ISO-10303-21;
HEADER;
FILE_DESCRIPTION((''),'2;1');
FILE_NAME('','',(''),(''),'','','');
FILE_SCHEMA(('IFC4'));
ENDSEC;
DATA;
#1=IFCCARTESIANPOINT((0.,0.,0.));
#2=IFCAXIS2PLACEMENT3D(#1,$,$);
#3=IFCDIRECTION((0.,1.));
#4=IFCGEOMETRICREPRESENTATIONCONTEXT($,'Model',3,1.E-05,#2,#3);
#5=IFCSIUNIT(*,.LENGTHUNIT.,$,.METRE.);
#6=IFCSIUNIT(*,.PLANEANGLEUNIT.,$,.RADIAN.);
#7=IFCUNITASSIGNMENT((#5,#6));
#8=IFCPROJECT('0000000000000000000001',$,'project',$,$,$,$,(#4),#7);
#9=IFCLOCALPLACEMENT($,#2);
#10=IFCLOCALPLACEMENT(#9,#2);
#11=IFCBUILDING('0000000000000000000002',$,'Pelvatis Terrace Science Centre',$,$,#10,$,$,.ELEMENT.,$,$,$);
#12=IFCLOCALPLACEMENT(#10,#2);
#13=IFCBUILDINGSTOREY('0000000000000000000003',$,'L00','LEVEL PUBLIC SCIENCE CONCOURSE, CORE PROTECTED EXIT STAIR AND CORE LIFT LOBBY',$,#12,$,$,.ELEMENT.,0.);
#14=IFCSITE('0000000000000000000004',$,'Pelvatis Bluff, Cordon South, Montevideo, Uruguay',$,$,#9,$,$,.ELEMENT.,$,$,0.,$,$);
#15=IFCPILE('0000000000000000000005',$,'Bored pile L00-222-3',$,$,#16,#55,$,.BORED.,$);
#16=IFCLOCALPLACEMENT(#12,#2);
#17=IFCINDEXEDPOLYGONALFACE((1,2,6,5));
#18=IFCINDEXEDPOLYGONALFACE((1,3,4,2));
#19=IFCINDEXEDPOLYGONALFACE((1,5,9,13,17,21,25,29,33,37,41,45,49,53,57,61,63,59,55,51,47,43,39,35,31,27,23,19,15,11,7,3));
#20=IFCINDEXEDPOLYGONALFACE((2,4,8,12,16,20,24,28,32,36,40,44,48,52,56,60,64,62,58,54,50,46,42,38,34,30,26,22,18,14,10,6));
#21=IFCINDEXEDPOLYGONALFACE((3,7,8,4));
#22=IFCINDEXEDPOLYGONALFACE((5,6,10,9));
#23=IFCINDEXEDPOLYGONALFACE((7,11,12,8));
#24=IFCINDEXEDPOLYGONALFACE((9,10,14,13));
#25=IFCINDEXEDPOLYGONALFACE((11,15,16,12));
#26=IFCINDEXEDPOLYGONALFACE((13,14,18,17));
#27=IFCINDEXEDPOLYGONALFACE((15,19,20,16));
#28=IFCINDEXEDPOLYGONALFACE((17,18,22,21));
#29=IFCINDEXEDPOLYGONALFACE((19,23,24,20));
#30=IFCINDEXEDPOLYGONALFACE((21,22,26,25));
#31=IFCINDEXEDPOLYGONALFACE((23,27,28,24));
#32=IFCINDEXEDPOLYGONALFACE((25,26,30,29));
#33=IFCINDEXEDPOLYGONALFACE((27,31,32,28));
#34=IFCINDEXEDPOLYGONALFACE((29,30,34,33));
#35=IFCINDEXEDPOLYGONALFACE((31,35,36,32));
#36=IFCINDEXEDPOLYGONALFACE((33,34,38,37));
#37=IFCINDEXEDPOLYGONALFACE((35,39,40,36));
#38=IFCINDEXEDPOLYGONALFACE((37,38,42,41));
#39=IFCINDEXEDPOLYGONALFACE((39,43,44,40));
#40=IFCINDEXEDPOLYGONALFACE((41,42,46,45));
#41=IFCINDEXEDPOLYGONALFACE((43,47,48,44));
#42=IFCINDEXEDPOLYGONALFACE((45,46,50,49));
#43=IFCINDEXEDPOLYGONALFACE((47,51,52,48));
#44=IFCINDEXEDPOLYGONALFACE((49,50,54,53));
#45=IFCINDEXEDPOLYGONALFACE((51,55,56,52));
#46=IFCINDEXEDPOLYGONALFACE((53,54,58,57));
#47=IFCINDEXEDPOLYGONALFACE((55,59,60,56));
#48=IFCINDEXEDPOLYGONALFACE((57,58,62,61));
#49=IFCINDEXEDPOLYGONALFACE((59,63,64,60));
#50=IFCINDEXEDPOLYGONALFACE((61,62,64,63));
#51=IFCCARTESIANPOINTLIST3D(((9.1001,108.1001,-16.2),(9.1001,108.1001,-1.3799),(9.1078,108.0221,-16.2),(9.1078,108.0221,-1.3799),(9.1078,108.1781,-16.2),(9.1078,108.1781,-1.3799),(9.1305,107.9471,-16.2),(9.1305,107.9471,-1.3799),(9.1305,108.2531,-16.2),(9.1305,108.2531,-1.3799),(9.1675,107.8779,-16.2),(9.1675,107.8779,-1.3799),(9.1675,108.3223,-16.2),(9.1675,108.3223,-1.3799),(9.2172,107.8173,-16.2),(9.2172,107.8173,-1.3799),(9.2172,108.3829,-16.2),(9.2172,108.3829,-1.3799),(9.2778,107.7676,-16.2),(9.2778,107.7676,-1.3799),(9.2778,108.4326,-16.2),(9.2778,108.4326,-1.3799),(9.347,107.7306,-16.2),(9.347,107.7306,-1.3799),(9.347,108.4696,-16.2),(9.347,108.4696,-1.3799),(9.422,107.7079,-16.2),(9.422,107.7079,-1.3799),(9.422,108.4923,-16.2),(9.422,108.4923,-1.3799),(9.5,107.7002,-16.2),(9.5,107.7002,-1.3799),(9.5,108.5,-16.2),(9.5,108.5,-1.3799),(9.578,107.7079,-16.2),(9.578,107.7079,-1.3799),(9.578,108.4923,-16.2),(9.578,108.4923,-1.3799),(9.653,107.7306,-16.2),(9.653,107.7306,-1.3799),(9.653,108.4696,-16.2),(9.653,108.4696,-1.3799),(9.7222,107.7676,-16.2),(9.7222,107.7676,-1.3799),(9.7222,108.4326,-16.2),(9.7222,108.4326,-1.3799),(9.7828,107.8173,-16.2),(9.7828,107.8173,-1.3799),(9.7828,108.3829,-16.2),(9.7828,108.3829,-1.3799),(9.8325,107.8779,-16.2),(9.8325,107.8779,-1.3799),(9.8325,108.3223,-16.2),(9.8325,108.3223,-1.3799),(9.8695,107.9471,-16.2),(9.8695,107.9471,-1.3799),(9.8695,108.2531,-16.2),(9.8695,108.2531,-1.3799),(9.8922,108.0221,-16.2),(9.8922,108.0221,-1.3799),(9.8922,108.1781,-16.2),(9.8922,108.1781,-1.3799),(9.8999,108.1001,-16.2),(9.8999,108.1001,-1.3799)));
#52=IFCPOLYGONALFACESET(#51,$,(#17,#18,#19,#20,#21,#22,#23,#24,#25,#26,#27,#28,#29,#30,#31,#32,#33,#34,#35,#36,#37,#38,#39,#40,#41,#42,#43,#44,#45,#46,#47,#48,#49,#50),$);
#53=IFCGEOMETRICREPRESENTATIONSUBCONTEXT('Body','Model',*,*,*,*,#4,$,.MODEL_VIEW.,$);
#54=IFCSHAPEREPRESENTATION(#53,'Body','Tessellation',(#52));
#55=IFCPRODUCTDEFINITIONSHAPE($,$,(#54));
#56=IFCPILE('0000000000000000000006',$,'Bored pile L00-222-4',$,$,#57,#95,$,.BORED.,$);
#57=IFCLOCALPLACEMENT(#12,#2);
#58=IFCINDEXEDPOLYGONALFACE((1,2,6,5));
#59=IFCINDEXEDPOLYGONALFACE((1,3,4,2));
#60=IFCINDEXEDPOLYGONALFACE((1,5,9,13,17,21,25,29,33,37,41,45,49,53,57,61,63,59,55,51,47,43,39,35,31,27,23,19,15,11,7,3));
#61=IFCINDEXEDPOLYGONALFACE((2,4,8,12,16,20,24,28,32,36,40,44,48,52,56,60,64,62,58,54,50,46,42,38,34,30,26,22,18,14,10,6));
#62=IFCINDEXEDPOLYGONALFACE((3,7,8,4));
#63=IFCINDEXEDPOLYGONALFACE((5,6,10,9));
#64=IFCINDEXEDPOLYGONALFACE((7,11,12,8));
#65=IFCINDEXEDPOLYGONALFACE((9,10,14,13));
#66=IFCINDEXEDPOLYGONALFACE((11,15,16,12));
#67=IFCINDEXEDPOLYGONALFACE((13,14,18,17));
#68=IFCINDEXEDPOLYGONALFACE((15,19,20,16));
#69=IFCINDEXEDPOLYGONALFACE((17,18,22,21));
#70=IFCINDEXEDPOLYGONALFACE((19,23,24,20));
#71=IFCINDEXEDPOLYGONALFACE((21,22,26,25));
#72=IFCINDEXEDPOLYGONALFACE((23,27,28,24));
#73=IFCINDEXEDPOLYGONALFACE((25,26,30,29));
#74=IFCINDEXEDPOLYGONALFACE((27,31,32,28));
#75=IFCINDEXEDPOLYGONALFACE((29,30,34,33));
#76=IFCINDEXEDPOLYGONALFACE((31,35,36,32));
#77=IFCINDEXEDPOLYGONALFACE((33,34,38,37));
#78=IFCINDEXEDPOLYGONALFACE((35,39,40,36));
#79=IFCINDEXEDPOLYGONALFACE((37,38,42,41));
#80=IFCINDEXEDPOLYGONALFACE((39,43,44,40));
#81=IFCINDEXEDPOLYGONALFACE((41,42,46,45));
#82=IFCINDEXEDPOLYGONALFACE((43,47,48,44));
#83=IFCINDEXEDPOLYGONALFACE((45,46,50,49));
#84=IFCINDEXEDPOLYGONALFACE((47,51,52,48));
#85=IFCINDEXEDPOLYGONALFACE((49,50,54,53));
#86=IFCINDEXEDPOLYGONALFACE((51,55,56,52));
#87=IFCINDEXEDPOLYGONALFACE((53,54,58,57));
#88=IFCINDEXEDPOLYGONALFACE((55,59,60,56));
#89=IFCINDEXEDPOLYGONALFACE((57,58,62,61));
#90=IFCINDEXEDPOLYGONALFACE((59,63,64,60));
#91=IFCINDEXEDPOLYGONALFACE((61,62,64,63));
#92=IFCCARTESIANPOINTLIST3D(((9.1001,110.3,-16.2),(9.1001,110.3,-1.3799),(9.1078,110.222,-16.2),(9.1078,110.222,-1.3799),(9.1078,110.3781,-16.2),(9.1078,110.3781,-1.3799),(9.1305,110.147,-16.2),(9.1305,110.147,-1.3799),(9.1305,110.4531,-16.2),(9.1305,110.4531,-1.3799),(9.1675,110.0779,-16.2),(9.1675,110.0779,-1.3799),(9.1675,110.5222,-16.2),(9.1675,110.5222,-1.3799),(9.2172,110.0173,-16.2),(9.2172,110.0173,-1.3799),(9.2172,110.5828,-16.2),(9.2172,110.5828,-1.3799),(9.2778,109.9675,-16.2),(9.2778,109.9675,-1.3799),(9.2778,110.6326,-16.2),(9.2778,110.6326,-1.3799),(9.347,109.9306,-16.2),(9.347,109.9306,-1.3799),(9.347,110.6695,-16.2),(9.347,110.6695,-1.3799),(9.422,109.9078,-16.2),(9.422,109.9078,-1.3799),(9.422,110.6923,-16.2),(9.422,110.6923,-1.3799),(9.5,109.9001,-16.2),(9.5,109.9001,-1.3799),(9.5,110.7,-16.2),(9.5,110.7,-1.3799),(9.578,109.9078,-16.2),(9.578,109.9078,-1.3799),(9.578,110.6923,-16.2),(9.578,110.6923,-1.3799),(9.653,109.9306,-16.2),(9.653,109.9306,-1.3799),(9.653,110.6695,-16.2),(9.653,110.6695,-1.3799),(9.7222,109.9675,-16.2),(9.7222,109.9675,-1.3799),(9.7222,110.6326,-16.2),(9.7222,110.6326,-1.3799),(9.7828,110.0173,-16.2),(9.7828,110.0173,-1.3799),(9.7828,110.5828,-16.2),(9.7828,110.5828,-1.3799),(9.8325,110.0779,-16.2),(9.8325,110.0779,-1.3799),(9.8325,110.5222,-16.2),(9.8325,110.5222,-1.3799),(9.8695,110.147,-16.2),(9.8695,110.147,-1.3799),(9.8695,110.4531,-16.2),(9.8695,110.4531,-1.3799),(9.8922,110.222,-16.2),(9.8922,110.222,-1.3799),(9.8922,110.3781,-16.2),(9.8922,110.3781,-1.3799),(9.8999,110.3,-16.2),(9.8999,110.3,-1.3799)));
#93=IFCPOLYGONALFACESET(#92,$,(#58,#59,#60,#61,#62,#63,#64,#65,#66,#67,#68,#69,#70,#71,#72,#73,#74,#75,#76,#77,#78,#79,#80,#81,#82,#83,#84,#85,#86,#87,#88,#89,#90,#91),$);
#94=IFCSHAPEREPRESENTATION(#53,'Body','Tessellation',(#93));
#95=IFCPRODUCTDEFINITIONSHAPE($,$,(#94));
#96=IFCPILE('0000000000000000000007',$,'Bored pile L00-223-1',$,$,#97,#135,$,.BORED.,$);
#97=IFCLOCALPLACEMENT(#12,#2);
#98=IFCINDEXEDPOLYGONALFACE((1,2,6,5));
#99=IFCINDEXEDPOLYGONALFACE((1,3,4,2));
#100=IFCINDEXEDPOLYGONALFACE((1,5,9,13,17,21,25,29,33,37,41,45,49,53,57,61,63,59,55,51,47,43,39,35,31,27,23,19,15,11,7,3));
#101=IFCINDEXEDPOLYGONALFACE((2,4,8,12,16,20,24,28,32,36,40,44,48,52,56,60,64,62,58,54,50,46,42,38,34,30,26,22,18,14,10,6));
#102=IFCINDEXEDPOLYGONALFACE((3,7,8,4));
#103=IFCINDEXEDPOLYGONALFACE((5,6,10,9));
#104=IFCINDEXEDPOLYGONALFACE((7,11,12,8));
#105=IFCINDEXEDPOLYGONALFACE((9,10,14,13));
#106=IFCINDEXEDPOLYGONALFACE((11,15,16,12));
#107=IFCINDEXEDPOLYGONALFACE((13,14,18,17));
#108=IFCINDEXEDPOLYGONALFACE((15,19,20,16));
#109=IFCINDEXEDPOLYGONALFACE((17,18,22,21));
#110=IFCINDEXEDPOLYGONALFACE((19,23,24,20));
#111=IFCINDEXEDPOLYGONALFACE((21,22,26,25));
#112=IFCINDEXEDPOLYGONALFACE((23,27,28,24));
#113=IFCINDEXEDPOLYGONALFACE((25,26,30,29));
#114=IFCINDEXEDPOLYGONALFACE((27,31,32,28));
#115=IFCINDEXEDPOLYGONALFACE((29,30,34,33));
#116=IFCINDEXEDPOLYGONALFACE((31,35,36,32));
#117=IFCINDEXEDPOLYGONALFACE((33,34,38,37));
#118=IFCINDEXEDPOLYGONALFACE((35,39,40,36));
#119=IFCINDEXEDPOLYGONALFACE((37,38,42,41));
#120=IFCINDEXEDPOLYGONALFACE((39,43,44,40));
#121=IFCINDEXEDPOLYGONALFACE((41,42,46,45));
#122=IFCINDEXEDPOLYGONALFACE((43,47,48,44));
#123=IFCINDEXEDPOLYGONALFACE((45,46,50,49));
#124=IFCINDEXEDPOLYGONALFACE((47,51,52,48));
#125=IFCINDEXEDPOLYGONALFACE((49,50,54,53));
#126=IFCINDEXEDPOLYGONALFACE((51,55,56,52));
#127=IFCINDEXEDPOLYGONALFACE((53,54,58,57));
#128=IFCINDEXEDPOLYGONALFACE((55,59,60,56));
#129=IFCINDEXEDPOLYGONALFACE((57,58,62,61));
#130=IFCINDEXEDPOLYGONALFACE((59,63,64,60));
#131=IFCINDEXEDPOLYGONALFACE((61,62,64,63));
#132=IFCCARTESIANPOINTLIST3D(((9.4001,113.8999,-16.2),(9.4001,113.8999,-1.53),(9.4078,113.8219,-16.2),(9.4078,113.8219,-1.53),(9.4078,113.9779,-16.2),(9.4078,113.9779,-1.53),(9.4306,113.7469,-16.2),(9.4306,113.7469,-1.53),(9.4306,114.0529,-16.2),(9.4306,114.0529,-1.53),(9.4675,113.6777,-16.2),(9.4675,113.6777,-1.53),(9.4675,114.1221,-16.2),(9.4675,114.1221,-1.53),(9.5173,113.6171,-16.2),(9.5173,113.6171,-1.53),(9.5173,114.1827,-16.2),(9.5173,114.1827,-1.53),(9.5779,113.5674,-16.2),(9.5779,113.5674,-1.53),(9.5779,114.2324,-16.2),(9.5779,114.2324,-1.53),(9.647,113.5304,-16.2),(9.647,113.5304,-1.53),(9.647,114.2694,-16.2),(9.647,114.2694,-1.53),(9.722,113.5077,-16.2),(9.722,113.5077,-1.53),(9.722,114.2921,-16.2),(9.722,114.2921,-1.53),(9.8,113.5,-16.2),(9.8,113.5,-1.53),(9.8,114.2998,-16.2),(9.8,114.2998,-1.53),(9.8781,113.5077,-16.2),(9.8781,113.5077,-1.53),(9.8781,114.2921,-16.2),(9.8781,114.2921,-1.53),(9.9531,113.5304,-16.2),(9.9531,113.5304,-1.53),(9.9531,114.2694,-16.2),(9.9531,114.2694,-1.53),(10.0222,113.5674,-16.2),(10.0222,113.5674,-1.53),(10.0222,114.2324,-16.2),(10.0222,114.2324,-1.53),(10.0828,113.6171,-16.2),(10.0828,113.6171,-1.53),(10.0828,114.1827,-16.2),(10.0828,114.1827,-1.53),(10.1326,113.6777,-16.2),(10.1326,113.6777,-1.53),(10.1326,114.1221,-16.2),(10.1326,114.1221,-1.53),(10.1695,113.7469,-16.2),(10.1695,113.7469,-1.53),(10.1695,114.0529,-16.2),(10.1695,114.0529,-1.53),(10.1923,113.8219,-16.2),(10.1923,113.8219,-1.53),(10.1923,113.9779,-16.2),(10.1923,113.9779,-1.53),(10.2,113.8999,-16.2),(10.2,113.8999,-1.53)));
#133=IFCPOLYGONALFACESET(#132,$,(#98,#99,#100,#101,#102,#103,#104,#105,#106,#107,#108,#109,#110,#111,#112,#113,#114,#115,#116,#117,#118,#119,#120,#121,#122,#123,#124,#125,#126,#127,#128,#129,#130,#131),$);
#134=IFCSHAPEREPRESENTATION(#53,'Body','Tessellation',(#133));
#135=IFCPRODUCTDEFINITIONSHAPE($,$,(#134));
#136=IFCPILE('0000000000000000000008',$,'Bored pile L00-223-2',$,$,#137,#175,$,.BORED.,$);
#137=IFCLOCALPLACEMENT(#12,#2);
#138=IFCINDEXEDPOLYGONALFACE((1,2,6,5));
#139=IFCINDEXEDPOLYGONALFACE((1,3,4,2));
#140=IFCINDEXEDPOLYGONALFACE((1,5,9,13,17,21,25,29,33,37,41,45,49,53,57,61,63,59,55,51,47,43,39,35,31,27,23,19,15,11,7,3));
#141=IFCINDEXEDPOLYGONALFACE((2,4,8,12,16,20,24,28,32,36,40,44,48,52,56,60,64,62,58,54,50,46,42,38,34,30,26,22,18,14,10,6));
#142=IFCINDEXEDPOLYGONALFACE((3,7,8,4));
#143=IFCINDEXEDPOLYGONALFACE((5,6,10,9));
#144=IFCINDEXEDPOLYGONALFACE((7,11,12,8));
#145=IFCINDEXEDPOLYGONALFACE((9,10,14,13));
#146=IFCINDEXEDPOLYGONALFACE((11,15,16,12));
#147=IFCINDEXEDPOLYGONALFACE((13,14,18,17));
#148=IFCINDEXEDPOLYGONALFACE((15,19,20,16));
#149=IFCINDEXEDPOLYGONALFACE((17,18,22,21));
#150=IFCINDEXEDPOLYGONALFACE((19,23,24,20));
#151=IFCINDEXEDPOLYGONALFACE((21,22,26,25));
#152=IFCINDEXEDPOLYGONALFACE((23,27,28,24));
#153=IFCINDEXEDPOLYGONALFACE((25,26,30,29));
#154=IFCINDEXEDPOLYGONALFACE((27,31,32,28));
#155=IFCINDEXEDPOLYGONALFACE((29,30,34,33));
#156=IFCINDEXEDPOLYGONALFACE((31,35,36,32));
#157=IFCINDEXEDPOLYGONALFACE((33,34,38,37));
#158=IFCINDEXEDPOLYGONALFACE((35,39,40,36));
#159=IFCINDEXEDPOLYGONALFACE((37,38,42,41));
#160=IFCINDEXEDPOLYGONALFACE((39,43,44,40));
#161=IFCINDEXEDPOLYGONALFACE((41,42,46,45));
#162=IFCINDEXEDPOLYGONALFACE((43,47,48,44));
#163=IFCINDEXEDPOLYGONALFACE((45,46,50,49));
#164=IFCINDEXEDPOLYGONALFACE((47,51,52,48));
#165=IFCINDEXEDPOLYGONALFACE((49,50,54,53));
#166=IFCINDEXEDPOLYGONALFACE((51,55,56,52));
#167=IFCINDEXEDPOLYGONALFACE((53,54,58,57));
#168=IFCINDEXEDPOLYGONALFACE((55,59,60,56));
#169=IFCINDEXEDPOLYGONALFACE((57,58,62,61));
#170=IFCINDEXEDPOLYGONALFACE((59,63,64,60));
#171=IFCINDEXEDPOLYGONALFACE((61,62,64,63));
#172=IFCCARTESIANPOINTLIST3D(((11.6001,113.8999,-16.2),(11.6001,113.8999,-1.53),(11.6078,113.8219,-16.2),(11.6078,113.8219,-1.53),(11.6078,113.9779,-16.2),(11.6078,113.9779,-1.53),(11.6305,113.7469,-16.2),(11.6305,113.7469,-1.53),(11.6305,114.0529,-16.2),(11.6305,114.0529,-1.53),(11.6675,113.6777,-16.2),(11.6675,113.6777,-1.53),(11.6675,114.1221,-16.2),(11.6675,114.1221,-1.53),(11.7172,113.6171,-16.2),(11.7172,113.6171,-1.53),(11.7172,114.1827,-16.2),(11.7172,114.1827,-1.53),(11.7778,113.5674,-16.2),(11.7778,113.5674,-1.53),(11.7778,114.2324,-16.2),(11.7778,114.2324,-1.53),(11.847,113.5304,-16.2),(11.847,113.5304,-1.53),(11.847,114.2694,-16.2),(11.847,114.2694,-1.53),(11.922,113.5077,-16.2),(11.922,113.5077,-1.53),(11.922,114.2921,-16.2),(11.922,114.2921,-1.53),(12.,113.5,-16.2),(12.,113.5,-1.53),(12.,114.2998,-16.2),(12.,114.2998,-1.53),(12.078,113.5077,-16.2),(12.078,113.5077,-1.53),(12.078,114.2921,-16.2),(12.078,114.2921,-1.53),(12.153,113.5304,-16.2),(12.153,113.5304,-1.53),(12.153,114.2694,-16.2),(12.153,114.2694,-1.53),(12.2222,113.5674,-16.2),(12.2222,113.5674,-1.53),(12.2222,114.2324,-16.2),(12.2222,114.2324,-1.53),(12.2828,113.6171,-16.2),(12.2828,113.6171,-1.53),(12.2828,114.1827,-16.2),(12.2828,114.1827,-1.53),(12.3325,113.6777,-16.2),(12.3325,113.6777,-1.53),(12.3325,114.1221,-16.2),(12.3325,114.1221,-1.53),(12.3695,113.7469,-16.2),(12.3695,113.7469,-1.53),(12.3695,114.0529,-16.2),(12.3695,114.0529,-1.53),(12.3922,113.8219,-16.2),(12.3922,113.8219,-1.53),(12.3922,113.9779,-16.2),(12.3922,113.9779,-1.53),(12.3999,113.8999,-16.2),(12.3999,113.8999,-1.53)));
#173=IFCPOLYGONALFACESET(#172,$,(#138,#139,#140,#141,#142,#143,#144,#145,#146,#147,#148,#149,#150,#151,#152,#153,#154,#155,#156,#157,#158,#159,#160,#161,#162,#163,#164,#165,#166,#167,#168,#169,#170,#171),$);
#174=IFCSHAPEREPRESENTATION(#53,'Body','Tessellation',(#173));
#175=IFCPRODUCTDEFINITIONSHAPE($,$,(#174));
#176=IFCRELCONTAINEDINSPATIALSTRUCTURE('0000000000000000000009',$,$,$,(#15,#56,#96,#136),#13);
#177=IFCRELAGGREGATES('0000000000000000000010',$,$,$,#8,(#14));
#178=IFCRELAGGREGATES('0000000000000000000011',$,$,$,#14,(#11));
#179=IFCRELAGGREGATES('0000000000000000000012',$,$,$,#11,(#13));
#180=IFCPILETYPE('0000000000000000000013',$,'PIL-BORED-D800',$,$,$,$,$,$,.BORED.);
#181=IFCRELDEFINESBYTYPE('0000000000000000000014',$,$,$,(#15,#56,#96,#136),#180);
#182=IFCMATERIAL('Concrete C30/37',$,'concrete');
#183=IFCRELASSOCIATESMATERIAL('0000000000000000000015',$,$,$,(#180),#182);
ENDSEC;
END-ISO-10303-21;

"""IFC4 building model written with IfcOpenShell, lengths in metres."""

from ifc_helpers import new_model, si_unit, direction, frame, origin, origin_2d, place, context, subcontext, project, spatial, circle, extrude, material, material_profile, profile_set, type_object, element, save


model = new_model("IFC4")

# Units and contexts
model_context = context("Model", 3, precision=1e-05, world=origin(), true_north=direction((0.0, 1.0)))
body_context = subcontext(model_context, "Body", "Model", "MODEL_VIEW")
ifc_project = project(units=[si_unit("LENGTHUNIT", "METRE"), si_unit("PLANEANGLEUNIT", "RADIAN")], contexts=[model_context])

# Site, building, storey
site_placement = place(None, origin())
site = spatial("IfcSite", under=ifc_project, at=site_placement, Name="Pelvatis Bluff, Cordon South, Montevideo, Uruguay", CompositionType="ELEMENT", RefElevation=0.0)
building_placement = place(site_placement, origin())
building = spatial("IfcBuilding", under=site, at=building_placement, Name="Pelvatis Terrace Science Centre", CompositionType="ELEMENT")
storey_placement = place(building_placement, origin())
storey = spatial("IfcBuildingStorey", under=building, at=storey_placement, Name="L00", Description="LEVEL PUBLIC SCIENCE CONCOURSE, CORE PROTECTED EXIT STAIR AND CORE LIFT LOBBY", CompositionType="ELEMENT", Elevation=0.0)

# Piles
ifc_material_1 = material(Name="Concrete C30/37", Category="concrete")
ifc_material_profile_1 = material_profile(ifc_material_1, circle(Radius=0.3999, at=origin_2d()), Name="PILE D800")
ifc_profile_set_1 = profile_set([ifc_material_profile_1], Name="Concrete C30/37")
pile_type = type_object("IfcPileType", Name="PIL-BORED-D800", PredefinedType="BORED", material=ifc_profile_set_1)
for number, where, z_axis, x_axis, name in (
    (1, (9.5, 108.1001, -1.3799), (0.0, 0.0, -1.0), (1.0, 0.0, 0.0), "Bored pile L00-222-3"),
    (2, (9.5, 110.3, -1.3799), (0.0, 0.0, -1.0), (1.0, 0.0, 0.0), "Bored pile L00-222-4"),
):
    element("IfcPile", number, at=place(storey_placement, frame(where, z_axis=z_axis, x_axis=x_axis)), inside=storey, type_object=pile_type, Name=name, PredefinedType="BORED", context=body_context, shape_type="SweptSolid", body=[
        extrude(circle(Radius=0.3999, at=origin_2d()), origin(), (0.0, 0.0, 1.0), 14.8201),
    ])
for number, where, z_axis, x_axis, name in (
    (3, (9.8, 113.8999, -1.53), (0.0, 0.0, -1.0), (1.0, 0.0, 0.0), "Bored pile L00-223-1"),
    (4, (12.0, 113.8999, -1.53), (0.0, 0.0, -1.0), (1.0, 0.0, 0.0), "Bored pile L00-223-2"),
):
    element("IfcPile", number, at=place(storey_placement, frame(where, z_axis=z_axis, x_axis=x_axis)), inside=storey, type_object=pile_type, Name=name, PredefinedType="BORED", context=body_context, shape_type="SweptSolid", body=[
        extrude(circle(Radius=0.3999, at=origin_2d()), origin(), (0.0, 0.0, 1.0), 14.6699),
    ])

save(model, "model.ifc")
